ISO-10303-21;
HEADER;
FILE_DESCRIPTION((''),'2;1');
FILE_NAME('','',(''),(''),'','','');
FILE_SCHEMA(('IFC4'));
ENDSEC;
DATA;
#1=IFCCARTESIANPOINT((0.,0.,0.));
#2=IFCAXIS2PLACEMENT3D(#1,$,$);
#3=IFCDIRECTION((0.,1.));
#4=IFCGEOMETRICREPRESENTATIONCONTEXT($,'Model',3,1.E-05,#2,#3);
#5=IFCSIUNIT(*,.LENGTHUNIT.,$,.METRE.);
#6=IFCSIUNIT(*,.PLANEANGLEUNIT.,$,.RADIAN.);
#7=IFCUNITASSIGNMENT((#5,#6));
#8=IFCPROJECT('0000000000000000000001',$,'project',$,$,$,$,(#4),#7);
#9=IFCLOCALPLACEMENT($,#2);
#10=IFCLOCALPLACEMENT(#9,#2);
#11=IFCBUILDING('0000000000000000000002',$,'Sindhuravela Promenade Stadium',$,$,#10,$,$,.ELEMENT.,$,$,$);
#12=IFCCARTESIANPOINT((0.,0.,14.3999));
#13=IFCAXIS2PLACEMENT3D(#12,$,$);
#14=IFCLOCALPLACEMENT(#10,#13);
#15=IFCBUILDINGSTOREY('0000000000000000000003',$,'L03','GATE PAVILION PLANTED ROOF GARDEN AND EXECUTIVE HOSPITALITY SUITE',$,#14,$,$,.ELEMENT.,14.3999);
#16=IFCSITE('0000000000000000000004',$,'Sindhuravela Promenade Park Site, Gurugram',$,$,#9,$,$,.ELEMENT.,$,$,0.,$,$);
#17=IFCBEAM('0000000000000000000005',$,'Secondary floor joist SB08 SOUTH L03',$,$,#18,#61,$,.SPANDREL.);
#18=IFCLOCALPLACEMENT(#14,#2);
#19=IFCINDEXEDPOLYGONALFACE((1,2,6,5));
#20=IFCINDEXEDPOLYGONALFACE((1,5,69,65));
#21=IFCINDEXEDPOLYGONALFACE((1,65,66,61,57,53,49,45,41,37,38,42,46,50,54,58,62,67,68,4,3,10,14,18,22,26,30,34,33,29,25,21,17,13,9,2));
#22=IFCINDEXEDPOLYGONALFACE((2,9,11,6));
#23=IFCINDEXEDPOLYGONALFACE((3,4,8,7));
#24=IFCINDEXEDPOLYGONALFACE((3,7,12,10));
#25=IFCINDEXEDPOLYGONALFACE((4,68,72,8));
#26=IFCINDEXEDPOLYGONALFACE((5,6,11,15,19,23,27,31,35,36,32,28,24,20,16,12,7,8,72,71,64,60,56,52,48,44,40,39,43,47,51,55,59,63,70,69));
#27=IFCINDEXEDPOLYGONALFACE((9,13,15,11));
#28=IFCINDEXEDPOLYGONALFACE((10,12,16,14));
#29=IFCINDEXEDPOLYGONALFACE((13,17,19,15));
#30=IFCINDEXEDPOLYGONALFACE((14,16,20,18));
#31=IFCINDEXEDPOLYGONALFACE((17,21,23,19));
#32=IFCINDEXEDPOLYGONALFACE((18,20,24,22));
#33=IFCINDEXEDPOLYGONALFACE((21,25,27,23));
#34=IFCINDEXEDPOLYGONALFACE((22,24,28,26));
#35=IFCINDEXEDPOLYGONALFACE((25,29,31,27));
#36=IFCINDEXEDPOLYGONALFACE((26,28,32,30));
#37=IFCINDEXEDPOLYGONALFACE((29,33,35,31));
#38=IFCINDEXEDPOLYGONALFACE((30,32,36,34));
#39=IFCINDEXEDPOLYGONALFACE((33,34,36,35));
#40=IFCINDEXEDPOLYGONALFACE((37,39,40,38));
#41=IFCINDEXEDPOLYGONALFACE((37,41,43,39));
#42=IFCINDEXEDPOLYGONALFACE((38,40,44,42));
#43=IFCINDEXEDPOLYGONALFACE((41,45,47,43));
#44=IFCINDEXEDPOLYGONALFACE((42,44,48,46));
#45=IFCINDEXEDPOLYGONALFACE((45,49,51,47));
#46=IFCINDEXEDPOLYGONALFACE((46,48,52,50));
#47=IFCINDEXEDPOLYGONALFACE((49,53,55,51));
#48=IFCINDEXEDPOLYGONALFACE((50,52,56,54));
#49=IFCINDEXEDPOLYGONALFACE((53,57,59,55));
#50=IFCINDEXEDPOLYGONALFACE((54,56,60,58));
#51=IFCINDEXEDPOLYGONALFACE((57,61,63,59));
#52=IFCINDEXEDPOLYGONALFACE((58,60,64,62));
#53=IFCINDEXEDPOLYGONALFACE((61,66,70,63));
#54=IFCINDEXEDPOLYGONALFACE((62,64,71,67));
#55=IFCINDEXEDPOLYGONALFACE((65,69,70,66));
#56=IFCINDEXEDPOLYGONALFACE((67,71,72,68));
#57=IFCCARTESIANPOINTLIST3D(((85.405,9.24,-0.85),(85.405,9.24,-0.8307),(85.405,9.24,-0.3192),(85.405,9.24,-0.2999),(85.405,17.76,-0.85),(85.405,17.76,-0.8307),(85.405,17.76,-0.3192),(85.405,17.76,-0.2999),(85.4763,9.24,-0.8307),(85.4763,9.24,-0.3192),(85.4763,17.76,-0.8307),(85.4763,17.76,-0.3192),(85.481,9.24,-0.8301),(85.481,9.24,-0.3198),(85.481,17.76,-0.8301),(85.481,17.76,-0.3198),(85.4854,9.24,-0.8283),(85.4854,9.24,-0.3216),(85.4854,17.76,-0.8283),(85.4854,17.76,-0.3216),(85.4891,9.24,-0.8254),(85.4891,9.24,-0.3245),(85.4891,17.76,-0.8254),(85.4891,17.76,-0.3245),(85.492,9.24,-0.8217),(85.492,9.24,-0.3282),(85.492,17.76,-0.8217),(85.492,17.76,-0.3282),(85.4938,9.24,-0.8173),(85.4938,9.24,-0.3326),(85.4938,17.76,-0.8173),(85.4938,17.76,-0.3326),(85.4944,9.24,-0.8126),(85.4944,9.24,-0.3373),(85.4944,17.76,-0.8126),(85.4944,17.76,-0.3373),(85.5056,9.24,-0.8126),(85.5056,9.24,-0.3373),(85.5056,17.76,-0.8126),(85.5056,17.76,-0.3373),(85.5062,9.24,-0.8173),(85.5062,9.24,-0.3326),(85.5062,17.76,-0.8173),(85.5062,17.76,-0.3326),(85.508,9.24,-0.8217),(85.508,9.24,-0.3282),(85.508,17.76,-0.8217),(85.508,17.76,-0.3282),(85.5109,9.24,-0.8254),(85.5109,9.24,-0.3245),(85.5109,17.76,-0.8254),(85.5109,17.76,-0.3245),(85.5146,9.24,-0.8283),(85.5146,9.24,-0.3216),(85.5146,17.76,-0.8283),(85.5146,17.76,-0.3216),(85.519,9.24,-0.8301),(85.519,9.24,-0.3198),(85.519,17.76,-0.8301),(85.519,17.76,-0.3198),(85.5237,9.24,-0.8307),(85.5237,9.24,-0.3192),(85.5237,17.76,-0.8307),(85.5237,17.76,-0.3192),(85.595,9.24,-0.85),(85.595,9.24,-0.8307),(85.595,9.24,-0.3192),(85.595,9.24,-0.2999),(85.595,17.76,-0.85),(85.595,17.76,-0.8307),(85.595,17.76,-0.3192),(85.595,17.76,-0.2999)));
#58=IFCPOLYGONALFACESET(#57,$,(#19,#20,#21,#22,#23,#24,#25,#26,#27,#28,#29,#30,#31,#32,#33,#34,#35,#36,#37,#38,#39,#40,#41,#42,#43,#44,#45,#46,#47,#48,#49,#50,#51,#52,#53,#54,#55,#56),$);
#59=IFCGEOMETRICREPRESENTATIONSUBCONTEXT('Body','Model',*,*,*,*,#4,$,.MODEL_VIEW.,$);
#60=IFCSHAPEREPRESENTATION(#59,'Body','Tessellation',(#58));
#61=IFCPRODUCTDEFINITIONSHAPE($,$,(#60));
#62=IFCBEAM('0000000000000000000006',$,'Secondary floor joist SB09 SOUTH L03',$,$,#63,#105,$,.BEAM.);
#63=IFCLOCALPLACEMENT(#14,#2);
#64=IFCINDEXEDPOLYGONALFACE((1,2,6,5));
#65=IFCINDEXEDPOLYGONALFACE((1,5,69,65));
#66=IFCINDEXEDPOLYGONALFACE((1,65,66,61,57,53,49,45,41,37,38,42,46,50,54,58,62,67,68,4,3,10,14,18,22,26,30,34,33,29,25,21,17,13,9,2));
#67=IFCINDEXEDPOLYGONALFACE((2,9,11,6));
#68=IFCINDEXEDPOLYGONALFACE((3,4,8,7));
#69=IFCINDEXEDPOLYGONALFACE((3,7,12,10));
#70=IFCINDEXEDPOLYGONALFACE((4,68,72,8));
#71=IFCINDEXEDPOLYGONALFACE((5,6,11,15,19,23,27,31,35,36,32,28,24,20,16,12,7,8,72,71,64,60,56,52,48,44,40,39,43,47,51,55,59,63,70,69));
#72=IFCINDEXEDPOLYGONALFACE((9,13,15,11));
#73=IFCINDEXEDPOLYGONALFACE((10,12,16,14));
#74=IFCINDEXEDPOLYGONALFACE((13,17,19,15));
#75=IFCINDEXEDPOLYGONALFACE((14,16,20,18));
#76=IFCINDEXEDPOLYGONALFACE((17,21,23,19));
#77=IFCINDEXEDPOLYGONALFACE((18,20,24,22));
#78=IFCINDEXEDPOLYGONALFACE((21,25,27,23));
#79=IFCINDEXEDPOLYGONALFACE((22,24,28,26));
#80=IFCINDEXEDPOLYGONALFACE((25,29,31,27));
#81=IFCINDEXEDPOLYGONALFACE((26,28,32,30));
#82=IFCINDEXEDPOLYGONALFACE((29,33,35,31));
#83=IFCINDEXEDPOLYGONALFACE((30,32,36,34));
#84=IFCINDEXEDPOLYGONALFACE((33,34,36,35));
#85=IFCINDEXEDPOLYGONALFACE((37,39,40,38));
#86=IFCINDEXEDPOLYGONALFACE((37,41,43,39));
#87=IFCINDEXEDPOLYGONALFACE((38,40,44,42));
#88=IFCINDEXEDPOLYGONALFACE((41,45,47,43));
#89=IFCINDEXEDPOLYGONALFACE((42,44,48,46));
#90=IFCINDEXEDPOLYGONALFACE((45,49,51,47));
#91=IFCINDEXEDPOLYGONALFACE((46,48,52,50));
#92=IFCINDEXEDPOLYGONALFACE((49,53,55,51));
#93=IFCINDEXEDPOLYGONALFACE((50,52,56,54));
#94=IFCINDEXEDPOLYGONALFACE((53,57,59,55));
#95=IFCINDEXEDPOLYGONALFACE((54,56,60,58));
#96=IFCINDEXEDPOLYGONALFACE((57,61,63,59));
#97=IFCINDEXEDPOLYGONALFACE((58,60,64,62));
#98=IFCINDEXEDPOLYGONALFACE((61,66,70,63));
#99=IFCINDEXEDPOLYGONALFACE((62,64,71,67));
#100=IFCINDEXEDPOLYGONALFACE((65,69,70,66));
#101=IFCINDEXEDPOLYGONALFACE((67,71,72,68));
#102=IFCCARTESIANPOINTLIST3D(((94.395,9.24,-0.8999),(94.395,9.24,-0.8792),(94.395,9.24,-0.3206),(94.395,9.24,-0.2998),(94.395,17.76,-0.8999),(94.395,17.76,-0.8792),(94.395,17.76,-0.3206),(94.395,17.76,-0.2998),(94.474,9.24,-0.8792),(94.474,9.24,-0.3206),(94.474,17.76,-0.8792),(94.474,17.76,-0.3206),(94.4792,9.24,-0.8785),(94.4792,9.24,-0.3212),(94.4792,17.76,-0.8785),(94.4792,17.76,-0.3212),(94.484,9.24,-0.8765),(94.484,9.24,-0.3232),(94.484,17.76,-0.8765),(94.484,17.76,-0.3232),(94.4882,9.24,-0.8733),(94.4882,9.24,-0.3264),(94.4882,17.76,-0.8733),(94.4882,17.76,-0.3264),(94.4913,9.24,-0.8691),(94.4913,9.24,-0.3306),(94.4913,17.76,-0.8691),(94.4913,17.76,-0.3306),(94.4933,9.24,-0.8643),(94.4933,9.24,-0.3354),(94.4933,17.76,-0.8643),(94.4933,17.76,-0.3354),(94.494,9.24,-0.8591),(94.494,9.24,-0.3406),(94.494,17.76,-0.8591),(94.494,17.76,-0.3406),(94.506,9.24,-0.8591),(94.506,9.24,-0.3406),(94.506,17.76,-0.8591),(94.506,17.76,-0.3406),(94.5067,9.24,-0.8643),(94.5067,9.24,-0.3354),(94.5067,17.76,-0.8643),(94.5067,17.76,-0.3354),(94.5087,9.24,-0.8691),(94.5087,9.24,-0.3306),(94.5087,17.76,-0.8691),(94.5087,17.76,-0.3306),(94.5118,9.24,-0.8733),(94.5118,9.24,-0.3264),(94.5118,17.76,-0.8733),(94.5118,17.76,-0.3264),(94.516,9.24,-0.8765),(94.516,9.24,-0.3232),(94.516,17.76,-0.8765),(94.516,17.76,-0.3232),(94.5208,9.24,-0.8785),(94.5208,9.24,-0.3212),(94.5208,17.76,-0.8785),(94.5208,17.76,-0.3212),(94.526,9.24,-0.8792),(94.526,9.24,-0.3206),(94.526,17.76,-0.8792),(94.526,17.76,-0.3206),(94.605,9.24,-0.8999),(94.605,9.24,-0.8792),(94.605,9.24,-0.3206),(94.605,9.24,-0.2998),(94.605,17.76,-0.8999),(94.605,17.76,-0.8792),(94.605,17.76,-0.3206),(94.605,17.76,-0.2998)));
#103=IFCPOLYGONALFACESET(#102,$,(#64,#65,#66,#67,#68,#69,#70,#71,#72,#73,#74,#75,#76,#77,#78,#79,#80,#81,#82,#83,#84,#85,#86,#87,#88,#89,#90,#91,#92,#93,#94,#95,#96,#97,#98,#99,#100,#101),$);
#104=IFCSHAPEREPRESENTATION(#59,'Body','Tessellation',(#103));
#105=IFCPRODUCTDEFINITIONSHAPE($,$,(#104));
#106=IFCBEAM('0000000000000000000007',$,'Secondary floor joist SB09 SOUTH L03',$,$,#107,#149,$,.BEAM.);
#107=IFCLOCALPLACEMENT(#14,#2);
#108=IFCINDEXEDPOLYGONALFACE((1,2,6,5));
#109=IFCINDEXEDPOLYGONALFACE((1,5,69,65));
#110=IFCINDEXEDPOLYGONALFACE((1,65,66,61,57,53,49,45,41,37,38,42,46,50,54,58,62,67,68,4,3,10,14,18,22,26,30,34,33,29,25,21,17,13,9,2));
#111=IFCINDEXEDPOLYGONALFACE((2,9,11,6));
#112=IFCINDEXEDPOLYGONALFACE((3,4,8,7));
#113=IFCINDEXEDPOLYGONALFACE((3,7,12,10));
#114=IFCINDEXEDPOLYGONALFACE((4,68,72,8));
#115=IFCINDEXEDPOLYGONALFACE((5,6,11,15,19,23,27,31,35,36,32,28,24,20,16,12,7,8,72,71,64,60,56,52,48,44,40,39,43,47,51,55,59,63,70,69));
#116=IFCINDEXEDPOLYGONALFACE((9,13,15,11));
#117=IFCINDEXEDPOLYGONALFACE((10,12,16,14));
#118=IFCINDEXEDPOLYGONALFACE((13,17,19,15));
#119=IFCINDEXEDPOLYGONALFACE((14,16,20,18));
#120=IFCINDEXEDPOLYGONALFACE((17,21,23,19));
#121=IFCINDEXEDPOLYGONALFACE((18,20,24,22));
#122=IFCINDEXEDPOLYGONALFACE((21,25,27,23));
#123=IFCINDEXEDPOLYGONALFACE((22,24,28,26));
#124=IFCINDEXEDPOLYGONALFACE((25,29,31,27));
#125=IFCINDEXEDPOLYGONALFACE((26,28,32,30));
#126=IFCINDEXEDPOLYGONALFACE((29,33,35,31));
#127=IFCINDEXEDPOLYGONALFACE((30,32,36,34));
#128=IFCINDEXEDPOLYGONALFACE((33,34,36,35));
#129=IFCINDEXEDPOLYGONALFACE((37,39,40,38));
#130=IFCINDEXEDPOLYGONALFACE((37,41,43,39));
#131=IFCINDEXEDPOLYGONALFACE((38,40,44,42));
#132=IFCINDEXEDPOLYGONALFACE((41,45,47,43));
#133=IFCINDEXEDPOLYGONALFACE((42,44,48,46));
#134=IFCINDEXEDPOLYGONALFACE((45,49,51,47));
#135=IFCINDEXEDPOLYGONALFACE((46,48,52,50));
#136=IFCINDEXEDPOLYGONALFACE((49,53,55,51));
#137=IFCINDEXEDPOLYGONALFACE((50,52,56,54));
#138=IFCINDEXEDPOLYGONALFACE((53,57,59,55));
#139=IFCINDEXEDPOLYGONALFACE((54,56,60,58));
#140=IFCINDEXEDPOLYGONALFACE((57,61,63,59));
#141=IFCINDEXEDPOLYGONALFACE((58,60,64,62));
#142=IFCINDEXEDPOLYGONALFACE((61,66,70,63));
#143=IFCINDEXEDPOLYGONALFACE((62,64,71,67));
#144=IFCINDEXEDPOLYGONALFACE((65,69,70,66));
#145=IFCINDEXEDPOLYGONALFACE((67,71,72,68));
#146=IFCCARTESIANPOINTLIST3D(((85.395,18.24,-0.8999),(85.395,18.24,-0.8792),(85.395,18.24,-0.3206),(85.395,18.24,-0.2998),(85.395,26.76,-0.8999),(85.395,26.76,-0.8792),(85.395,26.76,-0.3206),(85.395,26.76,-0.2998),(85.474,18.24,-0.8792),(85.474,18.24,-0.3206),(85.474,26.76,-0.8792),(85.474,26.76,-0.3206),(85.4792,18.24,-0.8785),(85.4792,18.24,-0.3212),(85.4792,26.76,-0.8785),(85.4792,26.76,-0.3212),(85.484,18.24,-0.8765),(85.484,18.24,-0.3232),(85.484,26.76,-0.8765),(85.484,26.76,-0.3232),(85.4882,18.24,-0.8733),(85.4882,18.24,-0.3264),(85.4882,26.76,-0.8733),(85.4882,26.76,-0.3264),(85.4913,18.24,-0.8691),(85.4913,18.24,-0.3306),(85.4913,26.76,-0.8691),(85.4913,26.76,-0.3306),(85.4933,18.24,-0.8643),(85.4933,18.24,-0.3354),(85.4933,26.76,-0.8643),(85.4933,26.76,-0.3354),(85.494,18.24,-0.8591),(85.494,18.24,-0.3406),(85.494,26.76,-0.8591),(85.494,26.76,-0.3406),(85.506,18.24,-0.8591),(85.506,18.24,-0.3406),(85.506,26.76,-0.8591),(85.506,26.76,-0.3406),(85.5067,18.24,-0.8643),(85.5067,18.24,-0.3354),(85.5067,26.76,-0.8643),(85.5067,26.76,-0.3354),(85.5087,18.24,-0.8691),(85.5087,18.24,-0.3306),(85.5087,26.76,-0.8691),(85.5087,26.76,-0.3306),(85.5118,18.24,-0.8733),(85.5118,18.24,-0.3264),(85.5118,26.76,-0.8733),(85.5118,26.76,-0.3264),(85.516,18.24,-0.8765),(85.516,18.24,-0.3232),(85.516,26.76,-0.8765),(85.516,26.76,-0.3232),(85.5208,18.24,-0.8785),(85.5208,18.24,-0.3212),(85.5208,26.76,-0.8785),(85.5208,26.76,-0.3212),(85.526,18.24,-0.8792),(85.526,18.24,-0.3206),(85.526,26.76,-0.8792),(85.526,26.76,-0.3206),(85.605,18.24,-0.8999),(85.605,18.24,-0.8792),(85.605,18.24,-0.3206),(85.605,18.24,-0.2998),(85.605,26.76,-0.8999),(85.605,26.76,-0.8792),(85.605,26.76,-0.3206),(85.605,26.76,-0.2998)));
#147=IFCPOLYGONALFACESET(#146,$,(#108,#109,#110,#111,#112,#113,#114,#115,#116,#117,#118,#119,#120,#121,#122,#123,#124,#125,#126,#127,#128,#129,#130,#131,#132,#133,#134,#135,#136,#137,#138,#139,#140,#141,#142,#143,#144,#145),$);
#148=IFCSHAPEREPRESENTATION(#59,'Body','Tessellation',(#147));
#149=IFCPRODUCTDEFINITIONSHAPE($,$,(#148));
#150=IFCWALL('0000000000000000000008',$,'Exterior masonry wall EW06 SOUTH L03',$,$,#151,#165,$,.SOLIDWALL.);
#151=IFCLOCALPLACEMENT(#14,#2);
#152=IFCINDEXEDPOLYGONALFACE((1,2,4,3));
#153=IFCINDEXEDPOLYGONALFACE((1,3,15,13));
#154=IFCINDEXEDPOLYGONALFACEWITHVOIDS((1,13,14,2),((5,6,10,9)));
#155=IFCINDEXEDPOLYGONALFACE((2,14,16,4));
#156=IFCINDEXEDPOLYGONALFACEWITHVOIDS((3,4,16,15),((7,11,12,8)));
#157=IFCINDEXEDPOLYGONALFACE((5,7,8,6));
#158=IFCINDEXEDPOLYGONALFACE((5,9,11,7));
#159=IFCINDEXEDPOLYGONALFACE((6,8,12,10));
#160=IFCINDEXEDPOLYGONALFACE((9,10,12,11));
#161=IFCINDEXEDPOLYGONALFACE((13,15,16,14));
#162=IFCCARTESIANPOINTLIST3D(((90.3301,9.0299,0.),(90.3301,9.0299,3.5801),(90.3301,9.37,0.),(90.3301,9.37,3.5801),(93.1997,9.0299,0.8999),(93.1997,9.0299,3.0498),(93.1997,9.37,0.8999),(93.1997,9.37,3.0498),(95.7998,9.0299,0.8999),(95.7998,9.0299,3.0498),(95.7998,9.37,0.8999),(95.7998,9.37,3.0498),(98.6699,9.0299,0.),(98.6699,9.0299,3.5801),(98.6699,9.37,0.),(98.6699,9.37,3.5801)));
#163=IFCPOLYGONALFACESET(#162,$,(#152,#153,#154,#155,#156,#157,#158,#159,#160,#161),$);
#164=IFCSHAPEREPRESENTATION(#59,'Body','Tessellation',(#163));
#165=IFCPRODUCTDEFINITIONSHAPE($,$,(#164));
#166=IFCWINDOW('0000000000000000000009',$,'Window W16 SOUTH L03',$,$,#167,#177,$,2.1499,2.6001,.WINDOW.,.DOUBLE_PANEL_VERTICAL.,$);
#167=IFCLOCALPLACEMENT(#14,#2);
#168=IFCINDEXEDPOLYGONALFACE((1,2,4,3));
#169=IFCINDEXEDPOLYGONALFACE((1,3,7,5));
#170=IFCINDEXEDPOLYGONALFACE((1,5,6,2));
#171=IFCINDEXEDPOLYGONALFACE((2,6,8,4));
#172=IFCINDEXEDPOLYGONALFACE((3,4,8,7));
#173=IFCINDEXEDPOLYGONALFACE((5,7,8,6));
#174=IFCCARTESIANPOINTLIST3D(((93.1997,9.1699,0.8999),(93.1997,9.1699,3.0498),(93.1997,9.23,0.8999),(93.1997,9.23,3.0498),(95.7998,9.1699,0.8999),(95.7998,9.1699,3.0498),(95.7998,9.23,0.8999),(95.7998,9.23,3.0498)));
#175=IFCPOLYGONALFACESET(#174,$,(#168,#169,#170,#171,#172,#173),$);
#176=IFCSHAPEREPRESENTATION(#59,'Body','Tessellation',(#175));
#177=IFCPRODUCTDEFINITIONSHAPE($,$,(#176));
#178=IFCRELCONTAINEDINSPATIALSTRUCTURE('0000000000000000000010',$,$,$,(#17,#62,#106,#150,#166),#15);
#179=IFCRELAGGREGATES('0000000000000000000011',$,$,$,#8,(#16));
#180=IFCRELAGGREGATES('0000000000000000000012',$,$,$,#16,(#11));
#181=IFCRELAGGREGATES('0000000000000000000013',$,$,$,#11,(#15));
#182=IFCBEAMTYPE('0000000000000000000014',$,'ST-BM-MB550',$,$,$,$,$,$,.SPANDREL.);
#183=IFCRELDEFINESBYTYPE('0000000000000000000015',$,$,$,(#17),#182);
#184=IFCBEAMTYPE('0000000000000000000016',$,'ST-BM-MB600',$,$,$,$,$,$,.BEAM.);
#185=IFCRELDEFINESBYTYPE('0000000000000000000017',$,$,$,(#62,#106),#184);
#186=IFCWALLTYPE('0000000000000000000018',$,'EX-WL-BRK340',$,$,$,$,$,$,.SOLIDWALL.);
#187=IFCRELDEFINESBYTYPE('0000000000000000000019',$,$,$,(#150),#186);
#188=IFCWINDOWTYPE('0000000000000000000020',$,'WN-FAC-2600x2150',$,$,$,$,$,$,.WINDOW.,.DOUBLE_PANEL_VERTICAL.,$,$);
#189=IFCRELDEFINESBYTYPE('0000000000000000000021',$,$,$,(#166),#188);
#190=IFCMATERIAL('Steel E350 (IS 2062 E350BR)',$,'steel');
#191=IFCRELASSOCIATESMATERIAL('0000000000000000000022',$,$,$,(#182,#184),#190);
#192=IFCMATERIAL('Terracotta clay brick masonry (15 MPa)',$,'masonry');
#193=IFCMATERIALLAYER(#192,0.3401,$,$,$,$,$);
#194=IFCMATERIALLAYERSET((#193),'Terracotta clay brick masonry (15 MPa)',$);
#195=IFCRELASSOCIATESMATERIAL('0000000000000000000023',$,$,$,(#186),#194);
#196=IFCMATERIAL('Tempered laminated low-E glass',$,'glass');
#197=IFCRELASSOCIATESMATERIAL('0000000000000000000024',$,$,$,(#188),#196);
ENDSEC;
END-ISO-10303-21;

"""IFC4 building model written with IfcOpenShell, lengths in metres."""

from ifc_helpers import new_model, si_unit, direction, frame, frame_2d, origin, origin_2d, place, context, subcontext, project, spatial, rectangle, i_section, extrude, material, layer, layer_set, material_profile, profile_set, type_object, element, fill, save


model = new_model("IFC4")

# Units and contexts
model_context = context("Model", 3, precision=1e-05, world=origin(), true_north=direction((0.0, 1.0)))
body_context = subcontext(model_context, "Body", "Model", "MODEL_VIEW")
ifc_project = project(units=[si_unit("LENGTHUNIT", "METRE"), si_unit("PLANEANGLEUNIT", "RADIAN")], contexts=[model_context])

# Site, building, storey
site_placement = place(None, origin())
site = spatial("IfcSite", under=ifc_project, at=site_placement, Name="Sindhuravela Promenade Park Site, Gurugram", CompositionType="ELEMENT", RefElevation=0.0)
building_placement = place(site_placement, origin())
building = spatial("IfcBuilding", under=site, at=building_placement, Name="Sindhuravela Promenade Stadium", CompositionType="ELEMENT")
storey_placement = place(building_placement, frame((0.0, 0.0, 14.3999)))
storey = spatial("IfcBuildingStorey", under=building, at=storey_placement, Name="L03", Description="GATE PAVILION PLANTED ROOF GARDEN AND EXECUTIVE HOSPITALITY SUITE", CompositionType="ELEMENT", Elevation=14.3999)

# Beams
ifc_material_1 = material(Name="Steel E350 (IS 2062 E350BR)", Category="steel")
ifc_material_profile_1 = material_profile(ifc_material_1, i_section(OverallWidth=0.1899, OverallDepth=0.55, WebThickness=0.0112, FlangeThickness=0.0193, FilletRadius=0.0181, at=origin_2d()), Name="ISMB 550")
ifc_profile_set_1 = profile_set([ifc_material_profile_1], Name="Steel E350 (IS 2062 E350BR)")
beam_type_1 = type_object("IfcBeamType", Name="ST-BM-MB550", PredefinedType="SPANDREL", material=ifc_profile_set_1)
beam_1_placement = place(storey_placement, frame((85.5, 9.24, -0.575), z_axis=(0.0, 1.0, 0.0), x_axis=(-1.0, 0.0, 0.0)))
element("IfcBeam", 1, at=beam_1_placement, inside=storey, type_object=beam_type_1, Name="Secondary floor joist SB08 SOUTH L03", PredefinedType="SPANDREL", context=body_context, shape_type="SweptSolid", body=[
    extrude(i_section(OverallWidth=0.1899, OverallDepth=0.55, WebThickness=0.0112, FlangeThickness=0.0193, FilletRadius=0.0181, at=origin_2d()), origin(), (0.0, 0.0, 1.0), 8.52),
])
ifc_material_profile_2 = material_profile(ifc_material_1, i_section(OverallWidth=0.21, OverallDepth=0.6001, WebThickness=0.012, FlangeThickness=0.0208, FilletRadius=0.02, at=origin_2d()), Name="ISMB 600")
ifc_profile_set_2 = profile_set([ifc_material_profile_2], Name="Steel E350 (IS 2062 E350BR)")
beam_type_2 = type_object("IfcBeamType", Name="ST-BM-MB600", PredefinedType="BEAM", material=ifc_profile_set_2)
for number, where, z_axis, x_axis, name in (
    (2, (94.5, 9.24, -0.5999), (0.0, 1.0, 0.0), (-1.0, 0.0, 0.0), "Secondary floor joist SB09 SOUTH L03"),
    (3, (85.5, 18.24, -0.5999), (0.0, 1.0, 0.0), (-1.0, 0.0, 0.0), "Secondary floor joist SB09 SOUTH L03"),
):
    element("IfcBeam", number, at=place(storey_placement, frame(where, z_axis=z_axis, x_axis=x_axis)), inside=storey, type_object=beam_type_2, Name=name, PredefinedType="BEAM", context=body_context, shape_type="SweptSolid", body=[
        extrude(i_section(OverallWidth=0.21, OverallDepth=0.6001, WebThickness=0.012, FlangeThickness=0.0208, FilletRadius=0.02, at=origin_2d()), origin(), (0.0, 0.0, 1.0), 8.52),
    ])

# Wall, opening, window
ifc_material_2 = material(Name="Terracotta clay brick masonry (15 MPa)", Category="masonry")
ifc_layer_1 = layer(ifc_material_2, 0.3401)
ifc_layer_set_1 = layer_set([ifc_layer_1], Name="Terracotta clay brick masonry (15 MPa)")
wall_type_1 = type_object("IfcWallType", Name="EX-WL-BRK340", PredefinedType="SOLIDWALL", material=ifc_layer_set_1)
wall_1_placement = place(storey_placement, frame((98.6699, 9.2, 0.0), z_axis=(0.0, 0.0, 1.0), x_axis=(-1.0, 0.0, 0.0)))
wall_1 = element("IfcWall", 4, at=wall_1_placement, inside=storey, type_object=wall_type_1, Name="Exterior masonry wall EW06 SOUTH L03", PredefinedType="SOLIDWALL", context=body_context, shape_type="SweptSolid", body=[
    extrude(rectangle(XDim=8.3398, YDim=0.3401, at=frame_2d((4.1699, 0.0))), origin(), (0.0, 0.0, 1.0), 3.5801),
])
opening_1_placement = place(wall_1_placement, frame((2.8701, 0.0, 0.8999)))
opening_1 = element("IfcOpeningElement", 5, at=opening_1_placement, cuts=wall_1, PredefinedType="OPENING", context=body_context, shape_type="SweptSolid", body=[
    extrude(rectangle(XDim=2.6001, YDim=2.1499, at=frame_2d((1.3, 1.075))), frame((0.0, 0.1799, 0.0), z_axis=(0.0, -1.0, 0.0), x_axis=(1.0, 0.0, 0.0)), (0.0, 0.0, 1.0), 0.3601),
])
ifc_material_3 = material(Name="Tempered laminated low-E glass", Category="glass")
window_type_1 = type_object("IfcWindowType", Name="WN-FAC-2600x2150", PartitioningType="DOUBLE_PANEL_VERTICAL", PredefinedType="WINDOW", material=ifc_material_3)
window_1_placement = place(opening_1_placement, origin())
window_1 = element("IfcWindow", 6, at=window_1_placement, inside=storey, type_object=window_type_1, Name="Window W16 SOUTH L03", OverallHeight=2.1499, OverallWidth=2.6001, PartitioningType="DOUBLE_PANEL_VERTICAL", PredefinedType="WINDOW", context=body_context, shape_type="SweptSolid", body=[
    extrude(rectangle(XDim=2.6001, YDim=2.1499, at=frame_2d((1.3, 1.075))), frame((0.0, 0.03, 0.0), z_axis=(0.0, -1.0, 0.0), x_axis=(1.0, 0.0, 0.0)), (0.0, 0.0, 1.0), 0.0601),
])
fill(opening_1, window_1)

save(model, "model.ifc")
